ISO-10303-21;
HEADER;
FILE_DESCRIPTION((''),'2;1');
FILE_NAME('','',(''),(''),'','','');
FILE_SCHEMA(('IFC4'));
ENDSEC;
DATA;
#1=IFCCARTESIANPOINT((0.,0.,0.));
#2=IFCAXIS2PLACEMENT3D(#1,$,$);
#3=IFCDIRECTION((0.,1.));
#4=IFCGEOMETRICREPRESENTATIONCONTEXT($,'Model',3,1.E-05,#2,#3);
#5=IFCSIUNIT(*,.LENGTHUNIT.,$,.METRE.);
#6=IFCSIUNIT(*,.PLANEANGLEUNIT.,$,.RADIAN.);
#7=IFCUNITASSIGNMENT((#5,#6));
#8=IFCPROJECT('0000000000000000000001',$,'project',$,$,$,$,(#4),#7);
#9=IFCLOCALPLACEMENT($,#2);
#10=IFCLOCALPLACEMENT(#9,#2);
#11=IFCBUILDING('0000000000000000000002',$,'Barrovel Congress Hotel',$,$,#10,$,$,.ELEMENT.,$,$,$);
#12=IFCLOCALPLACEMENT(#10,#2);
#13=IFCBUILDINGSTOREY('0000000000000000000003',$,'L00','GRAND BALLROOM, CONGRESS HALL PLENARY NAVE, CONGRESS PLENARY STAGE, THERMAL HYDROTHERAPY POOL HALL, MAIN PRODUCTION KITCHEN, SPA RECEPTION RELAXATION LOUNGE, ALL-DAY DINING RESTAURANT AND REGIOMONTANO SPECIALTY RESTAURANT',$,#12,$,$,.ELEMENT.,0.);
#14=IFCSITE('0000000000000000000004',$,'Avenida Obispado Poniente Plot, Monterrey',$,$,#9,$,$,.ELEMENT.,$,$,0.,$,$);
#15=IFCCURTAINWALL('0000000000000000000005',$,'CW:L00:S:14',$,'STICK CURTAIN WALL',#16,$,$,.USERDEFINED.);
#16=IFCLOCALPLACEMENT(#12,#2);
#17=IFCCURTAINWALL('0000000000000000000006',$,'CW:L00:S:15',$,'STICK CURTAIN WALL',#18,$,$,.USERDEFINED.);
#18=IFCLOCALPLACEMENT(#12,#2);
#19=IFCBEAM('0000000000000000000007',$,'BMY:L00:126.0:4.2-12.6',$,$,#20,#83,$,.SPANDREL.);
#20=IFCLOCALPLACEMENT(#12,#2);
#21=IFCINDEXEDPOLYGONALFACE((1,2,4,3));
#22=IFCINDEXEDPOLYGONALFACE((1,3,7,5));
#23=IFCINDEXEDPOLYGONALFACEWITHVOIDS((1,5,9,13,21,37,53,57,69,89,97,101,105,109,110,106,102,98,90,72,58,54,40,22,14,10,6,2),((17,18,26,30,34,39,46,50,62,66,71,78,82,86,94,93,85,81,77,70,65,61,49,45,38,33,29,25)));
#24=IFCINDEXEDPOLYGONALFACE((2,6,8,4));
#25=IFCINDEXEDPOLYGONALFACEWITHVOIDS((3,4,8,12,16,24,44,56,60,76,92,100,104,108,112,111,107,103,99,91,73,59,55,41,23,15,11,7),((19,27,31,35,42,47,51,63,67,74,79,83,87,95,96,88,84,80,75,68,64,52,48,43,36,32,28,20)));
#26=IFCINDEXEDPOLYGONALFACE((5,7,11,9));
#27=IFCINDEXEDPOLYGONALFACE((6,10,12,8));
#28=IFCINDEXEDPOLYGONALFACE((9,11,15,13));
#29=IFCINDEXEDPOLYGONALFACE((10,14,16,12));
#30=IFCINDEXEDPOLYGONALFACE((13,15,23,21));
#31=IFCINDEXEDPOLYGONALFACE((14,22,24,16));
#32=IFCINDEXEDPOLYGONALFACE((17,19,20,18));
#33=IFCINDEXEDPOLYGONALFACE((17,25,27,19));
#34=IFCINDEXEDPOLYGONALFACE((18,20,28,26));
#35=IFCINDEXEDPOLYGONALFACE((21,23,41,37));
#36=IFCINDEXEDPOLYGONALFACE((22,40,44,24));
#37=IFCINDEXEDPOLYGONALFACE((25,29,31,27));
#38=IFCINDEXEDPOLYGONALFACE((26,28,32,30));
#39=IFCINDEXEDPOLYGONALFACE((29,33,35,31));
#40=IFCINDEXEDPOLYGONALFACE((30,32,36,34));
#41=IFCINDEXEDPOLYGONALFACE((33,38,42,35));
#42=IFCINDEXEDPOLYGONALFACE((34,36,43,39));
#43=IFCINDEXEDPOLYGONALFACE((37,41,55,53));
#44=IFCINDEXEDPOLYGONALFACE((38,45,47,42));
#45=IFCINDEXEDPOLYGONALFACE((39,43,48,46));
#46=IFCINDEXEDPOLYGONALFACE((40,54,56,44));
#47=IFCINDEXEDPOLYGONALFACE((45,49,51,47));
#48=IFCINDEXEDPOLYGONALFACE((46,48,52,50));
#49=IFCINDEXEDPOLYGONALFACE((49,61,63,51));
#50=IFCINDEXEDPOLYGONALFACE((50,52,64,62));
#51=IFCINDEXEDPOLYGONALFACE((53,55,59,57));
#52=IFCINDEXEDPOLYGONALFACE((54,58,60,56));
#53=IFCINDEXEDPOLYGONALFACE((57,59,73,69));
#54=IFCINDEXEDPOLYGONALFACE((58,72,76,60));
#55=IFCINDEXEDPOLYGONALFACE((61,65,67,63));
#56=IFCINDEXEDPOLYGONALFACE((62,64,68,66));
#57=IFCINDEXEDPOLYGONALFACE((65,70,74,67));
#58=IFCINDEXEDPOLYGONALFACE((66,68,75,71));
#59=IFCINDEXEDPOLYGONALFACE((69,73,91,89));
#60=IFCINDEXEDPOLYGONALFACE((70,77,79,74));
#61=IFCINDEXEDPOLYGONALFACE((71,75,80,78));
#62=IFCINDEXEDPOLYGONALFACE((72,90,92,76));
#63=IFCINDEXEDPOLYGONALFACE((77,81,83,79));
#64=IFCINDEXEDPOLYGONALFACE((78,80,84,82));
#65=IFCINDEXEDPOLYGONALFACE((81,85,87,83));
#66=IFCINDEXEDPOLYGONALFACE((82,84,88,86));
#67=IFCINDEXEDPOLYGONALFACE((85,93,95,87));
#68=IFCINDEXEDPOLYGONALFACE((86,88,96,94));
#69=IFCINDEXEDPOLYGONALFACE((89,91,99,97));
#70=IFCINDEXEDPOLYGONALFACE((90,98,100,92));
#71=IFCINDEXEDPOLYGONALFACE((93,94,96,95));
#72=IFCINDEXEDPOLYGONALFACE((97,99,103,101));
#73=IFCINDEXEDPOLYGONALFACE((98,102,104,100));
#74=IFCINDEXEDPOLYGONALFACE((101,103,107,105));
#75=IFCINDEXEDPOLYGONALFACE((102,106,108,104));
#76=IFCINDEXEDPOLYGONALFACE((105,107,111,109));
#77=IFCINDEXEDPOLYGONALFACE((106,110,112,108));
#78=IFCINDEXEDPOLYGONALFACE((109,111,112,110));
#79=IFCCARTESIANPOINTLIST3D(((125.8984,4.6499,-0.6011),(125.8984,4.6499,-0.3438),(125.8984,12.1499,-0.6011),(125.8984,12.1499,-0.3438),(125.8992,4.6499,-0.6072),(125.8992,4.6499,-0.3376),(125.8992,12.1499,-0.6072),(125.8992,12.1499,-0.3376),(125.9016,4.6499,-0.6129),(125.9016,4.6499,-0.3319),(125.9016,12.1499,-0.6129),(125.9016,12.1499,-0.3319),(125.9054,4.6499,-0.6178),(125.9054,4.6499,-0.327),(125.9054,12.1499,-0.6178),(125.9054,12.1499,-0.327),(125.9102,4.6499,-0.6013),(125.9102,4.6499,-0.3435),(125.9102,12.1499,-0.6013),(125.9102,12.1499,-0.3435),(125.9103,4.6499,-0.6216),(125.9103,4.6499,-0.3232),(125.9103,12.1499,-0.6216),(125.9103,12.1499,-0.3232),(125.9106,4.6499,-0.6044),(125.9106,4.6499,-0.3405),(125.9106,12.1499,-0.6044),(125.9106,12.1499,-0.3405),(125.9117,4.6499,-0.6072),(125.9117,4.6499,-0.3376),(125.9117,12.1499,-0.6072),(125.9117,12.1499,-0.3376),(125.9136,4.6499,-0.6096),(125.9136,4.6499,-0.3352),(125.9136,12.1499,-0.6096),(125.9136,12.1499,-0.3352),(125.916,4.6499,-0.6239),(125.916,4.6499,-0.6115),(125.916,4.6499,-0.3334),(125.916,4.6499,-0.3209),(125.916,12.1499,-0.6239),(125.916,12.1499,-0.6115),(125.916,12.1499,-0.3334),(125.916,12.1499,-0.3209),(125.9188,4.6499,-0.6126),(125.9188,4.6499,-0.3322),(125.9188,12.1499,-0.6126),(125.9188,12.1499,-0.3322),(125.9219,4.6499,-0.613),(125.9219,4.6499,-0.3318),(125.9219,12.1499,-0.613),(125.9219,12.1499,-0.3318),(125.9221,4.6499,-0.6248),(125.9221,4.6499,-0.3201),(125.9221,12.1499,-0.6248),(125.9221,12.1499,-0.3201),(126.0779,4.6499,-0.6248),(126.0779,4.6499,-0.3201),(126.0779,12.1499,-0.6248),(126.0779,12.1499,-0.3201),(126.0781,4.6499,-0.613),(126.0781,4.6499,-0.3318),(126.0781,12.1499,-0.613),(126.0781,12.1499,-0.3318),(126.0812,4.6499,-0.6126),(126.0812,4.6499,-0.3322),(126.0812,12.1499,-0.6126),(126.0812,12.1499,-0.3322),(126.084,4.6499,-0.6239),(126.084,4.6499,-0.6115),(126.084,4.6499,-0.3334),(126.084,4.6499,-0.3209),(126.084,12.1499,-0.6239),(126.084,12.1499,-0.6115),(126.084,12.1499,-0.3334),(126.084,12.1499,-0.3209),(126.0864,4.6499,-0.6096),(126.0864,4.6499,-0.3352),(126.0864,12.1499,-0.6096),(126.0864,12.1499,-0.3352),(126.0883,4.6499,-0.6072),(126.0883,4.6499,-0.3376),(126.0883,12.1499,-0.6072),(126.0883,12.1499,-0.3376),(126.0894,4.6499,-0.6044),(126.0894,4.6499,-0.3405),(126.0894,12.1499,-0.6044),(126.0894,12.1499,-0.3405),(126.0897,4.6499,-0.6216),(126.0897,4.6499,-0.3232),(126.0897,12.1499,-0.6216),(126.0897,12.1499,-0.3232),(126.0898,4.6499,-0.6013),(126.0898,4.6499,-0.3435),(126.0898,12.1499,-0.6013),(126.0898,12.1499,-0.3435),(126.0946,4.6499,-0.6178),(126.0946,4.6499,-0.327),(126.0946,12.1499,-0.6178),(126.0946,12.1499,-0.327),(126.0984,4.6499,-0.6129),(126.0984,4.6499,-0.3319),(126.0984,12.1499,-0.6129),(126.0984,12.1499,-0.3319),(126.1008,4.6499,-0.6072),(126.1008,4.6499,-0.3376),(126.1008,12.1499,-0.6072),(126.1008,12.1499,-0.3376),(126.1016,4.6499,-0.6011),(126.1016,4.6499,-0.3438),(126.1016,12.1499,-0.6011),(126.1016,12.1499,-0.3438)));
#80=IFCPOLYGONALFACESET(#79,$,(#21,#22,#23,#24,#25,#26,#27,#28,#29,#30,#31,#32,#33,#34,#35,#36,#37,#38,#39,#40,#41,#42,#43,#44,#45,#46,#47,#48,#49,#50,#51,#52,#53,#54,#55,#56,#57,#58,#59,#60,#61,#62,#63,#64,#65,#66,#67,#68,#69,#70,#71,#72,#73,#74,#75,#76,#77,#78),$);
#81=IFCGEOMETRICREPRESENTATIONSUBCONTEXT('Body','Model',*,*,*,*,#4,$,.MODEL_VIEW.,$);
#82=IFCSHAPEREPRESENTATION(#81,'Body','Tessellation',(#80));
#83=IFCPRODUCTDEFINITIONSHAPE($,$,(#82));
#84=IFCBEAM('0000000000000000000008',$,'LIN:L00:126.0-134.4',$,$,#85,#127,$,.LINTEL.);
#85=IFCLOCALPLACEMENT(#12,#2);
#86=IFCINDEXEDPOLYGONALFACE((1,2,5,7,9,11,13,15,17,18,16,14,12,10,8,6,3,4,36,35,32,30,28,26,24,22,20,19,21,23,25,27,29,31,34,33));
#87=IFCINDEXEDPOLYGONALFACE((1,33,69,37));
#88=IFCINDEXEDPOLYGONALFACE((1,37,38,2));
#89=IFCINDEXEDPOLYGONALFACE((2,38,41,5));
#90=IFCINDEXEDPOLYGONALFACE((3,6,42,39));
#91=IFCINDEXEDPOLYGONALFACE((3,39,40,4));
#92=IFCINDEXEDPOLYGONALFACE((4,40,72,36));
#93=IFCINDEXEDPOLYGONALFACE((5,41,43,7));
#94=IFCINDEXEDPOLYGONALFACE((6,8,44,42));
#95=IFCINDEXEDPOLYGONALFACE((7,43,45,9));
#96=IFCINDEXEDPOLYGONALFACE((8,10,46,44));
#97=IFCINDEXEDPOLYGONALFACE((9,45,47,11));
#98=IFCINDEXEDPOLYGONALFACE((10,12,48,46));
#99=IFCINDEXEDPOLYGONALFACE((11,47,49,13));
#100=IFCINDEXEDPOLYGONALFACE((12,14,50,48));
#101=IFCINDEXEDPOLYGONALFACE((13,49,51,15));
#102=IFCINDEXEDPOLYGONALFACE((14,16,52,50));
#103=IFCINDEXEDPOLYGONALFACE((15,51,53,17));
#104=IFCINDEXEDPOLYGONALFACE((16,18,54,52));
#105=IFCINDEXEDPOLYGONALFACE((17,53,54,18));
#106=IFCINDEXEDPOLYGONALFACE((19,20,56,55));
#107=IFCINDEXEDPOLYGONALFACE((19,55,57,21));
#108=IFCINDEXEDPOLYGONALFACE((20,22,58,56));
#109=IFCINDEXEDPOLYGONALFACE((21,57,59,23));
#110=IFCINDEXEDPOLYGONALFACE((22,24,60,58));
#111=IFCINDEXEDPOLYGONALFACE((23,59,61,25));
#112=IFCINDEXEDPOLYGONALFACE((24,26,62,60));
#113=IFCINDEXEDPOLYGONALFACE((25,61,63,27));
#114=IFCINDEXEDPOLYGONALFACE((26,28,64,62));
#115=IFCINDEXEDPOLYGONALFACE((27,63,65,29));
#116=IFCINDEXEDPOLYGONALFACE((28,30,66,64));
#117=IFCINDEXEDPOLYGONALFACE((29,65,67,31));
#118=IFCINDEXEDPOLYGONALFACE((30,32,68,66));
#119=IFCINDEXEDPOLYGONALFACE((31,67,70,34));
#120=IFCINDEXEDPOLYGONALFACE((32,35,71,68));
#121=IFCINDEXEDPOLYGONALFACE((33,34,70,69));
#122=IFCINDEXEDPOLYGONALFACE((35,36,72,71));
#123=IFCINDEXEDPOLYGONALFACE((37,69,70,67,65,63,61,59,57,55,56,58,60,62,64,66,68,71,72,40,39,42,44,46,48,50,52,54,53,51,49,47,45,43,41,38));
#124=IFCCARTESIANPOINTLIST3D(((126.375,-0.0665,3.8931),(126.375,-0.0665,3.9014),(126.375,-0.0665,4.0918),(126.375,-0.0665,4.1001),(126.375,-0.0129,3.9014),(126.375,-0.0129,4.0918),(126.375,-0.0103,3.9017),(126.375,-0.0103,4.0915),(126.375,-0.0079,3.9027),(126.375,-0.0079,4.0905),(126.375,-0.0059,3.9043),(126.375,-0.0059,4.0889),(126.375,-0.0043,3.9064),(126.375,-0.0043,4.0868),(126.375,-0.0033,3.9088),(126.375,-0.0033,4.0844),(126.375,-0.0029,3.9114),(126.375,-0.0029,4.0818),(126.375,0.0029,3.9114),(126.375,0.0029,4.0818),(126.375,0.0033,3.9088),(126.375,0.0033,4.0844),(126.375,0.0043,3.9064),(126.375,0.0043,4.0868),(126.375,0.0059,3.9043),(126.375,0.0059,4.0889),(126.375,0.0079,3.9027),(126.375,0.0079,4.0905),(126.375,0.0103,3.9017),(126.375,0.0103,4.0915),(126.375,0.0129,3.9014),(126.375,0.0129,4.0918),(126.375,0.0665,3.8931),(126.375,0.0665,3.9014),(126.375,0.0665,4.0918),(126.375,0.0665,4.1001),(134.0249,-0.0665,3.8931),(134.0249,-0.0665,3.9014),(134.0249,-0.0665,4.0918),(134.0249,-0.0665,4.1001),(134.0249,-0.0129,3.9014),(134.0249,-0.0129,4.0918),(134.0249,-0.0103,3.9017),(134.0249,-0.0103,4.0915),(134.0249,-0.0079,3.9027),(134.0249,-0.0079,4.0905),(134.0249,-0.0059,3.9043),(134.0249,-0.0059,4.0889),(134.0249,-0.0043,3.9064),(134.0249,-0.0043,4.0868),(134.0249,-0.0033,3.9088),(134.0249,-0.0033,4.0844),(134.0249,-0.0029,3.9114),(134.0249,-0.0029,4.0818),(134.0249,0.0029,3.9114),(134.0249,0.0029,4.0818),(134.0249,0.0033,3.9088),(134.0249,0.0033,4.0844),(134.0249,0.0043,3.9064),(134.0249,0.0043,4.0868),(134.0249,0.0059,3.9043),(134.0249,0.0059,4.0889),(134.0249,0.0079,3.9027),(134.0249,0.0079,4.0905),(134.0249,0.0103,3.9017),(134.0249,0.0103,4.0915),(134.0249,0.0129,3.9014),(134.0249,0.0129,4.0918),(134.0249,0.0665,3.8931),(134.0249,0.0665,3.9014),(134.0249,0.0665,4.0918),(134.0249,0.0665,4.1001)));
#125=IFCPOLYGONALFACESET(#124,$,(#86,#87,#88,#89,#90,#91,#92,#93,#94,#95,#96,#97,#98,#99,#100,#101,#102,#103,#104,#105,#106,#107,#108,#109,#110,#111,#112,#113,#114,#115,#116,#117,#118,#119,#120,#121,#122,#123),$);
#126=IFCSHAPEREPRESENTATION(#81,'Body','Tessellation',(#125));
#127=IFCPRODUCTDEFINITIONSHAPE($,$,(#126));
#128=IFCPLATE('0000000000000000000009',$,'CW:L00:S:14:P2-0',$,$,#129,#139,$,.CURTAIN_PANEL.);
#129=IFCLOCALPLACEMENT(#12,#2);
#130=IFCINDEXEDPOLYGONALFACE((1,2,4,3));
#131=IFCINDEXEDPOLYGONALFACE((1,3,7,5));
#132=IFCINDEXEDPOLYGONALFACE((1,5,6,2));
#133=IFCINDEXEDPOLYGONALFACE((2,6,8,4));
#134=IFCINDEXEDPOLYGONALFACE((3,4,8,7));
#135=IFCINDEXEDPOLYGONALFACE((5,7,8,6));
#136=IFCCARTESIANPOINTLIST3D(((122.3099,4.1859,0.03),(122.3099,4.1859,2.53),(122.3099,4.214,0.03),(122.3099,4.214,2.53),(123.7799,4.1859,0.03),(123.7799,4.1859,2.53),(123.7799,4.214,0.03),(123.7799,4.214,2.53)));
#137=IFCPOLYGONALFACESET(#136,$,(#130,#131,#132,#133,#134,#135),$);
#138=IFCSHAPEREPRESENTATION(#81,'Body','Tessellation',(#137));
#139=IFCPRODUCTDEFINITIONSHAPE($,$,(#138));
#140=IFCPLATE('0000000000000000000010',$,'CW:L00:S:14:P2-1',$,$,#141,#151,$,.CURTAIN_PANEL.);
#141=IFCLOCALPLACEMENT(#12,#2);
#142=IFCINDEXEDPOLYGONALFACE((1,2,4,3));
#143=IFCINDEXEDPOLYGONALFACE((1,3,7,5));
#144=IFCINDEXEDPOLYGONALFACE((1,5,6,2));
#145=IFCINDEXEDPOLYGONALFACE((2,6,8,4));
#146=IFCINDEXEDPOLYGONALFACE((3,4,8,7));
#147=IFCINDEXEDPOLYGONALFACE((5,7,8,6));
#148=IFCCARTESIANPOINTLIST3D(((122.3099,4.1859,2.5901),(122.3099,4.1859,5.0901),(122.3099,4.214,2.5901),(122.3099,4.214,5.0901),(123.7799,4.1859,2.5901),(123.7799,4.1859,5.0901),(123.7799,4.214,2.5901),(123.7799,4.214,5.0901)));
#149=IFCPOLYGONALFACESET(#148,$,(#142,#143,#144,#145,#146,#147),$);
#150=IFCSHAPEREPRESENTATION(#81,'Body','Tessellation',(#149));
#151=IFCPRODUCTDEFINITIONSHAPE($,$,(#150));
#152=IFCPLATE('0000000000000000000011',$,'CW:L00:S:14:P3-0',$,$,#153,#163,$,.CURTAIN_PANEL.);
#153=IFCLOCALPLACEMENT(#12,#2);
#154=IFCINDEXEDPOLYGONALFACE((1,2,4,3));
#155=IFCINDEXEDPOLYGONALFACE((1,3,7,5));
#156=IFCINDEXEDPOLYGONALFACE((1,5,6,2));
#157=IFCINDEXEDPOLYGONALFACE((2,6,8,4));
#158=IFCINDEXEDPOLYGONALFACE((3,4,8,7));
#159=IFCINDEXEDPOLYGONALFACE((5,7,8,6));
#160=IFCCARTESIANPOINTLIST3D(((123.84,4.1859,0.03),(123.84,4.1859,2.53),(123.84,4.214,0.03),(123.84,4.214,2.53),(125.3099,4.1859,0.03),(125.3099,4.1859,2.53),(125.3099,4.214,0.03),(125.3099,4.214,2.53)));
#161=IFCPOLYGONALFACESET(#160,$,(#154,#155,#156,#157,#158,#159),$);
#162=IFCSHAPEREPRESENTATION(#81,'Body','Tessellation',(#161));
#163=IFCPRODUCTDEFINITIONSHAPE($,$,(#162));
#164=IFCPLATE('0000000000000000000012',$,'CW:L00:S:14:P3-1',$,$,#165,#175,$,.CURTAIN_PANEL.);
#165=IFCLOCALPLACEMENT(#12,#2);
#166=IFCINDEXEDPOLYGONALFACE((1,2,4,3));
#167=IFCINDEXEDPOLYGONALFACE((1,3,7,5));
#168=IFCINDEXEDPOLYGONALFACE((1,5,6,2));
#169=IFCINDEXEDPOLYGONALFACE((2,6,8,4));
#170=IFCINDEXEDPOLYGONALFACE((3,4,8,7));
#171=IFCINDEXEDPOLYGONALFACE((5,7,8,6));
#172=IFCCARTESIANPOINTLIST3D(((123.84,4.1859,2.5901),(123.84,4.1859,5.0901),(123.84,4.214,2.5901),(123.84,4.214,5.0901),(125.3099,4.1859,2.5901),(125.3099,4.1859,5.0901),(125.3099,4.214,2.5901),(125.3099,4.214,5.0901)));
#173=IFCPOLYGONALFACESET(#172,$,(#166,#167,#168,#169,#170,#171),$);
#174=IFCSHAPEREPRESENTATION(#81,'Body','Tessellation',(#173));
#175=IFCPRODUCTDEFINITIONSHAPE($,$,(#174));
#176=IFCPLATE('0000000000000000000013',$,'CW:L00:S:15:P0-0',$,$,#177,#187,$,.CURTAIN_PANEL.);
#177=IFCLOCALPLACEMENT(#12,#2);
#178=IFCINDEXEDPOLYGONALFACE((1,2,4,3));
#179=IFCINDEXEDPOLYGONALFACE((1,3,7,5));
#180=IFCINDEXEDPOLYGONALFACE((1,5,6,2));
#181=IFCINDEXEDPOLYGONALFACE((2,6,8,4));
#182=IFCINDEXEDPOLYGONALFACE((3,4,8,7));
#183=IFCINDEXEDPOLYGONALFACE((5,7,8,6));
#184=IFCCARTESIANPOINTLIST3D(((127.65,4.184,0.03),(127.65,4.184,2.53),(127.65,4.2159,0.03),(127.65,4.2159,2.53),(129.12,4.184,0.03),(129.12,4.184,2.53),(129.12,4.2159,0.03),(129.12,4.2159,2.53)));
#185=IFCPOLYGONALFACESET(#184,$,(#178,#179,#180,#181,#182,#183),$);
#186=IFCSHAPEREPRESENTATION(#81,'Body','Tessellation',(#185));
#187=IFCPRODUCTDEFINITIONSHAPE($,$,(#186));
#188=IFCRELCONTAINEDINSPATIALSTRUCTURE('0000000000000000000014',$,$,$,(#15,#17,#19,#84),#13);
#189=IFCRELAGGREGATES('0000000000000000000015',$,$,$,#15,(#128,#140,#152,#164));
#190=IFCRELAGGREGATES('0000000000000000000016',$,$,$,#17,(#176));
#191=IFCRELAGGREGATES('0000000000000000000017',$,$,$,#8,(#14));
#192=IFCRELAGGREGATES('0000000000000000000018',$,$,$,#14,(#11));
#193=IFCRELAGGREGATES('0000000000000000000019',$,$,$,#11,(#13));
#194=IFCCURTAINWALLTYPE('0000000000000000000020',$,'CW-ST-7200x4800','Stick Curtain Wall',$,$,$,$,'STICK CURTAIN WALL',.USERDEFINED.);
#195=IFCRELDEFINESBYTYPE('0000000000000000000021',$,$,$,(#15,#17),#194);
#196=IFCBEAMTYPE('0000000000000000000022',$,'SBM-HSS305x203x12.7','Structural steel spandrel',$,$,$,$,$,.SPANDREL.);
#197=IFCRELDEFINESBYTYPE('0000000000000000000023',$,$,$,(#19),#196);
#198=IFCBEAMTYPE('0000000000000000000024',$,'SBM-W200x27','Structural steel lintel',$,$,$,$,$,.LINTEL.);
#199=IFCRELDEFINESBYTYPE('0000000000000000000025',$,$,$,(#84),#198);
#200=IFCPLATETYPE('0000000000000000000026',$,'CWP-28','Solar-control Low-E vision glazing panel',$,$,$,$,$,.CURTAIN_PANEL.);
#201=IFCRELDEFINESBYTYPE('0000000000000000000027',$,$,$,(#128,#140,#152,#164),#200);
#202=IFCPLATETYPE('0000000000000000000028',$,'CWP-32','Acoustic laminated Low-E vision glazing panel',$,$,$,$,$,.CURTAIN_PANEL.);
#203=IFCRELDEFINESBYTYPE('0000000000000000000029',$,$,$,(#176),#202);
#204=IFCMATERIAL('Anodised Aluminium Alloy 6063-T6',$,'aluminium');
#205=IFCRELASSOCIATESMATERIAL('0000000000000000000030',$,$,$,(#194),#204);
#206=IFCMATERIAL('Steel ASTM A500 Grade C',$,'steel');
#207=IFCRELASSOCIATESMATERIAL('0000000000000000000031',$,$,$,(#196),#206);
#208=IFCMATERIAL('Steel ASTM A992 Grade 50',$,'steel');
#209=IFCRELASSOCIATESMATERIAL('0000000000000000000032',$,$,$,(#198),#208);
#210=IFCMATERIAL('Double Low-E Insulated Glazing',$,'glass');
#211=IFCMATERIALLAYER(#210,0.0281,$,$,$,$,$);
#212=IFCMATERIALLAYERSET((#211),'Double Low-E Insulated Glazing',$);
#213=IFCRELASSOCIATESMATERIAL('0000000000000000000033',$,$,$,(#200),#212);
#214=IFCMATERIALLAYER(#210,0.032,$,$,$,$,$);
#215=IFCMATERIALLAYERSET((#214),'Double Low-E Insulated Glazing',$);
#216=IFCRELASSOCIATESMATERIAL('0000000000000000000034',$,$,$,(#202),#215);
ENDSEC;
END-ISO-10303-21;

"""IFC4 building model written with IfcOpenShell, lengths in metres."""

from ifc_helpers import new_model, si_unit, direction, frame, origin, origin_2d, place, context, subcontext, project, spatial, rectangle, hollow_rectangle, i_section, extrude, material, layer, layer_set, material_profile, profile_set, type_object, element, aggregate, save


model = new_model("IFC4")

# Units and contexts
model_context = context("Model", 3, precision=1e-05, world=origin(), true_north=direction((0.0, 1.0)))
body_context = subcontext(model_context, "Body", "Model", "MODEL_VIEW")
ifc_project = project(units=[si_unit("LENGTHUNIT", "METRE"), si_unit("PLANEANGLEUNIT", "RADIAN")], contexts=[model_context])

# Site, building, storey
site_placement = place(None, origin())
site = spatial("IfcSite", under=ifc_project, at=site_placement, Name="Avenida Obispado Poniente Plot, Monterrey", CompositionType="ELEMENT", RefElevation=0.0)
building_placement = place(site_placement, origin())
building = spatial("IfcBuilding", under=site, at=building_placement, Name="Barrovel Congress Hotel", CompositionType="ELEMENT")
storey_placement = place(building_placement, origin())
storey = spatial("IfcBuildingStorey", under=building, at=storey_placement, Name="L00", Description="GRAND BALLROOM, CONGRESS HALL PLENARY NAVE, CONGRESS PLENARY STAGE, THERMAL HYDROTHERAPY POOL HALL, MAIN PRODUCTION KITCHEN, SPA RECEPTION RELAXATION LOUNGE, ALL-DAY DINING RESTAURANT AND REGIOMONTANO SPECIALTY RESTAURANT", CompositionType="ELEMENT", Elevation=0.0)

# Curtain walls
ifc_material_1 = material(Name="Anodised Aluminium Alloy 6063-T6", Category="aluminium")
curtain_wall_type = type_object("IfcCurtainWallType", Name="CW-ST-7200x4800", Description="Stick Curtain Wall", ElementType="STICK CURTAIN WALL", PredefinedType="USERDEFINED", material=ifc_material_1)
curtain_wall_1_placement = place(storey_placement, origin())
curtain_wall_1 = element("IfcCurtainWall", 1, at=curtain_wall_1_placement, inside=storey, type_object=curtain_wall_type, Name="CW:L00:S:14", ObjectType="STICK CURTAIN WALL", PredefinedType="USERDEFINED")
curtain_wall_2_placement = place(storey_placement, origin())
curtain_wall_2 = element("IfcCurtainWall", 2, at=curtain_wall_2_placement, inside=storey, type_object=curtain_wall_type, Name="CW:L00:S:15", ObjectType="STICK CURTAIN WALL", PredefinedType="USERDEFINED")

# Beams
ifc_material_2 = material(Name="Steel ASTM A500 Grade C", Category="steel")
ifc_material_profile_1 = material_profile(ifc_material_2, hollow_rectangle(XDim=0.2031, YDim=0.3047, WallThickness=0.0117, InnerFilletRadius=0.0117, OuterFilletRadius=0.0237, at=origin_2d()), Name="HSS305x203x12.7")
ifc_profile_set_1 = profile_set([ifc_material_profile_1], Name="Steel ASTM A500 Grade C")
beam_type_1 = type_object("IfcBeamType", Name="SBM-HSS305x203x12.7", Description="Structural steel spandrel", PredefinedType="SPANDREL", material=ifc_profile_set_1)
beam_1_placement = place(storey_placement, frame((126.0, 4.6499, -0.4724), z_axis=(0.0, 1.0, 0.0), x_axis=(-1.0, 0.0, 0.0)))
element("IfcBeam", 3, at=beam_1_placement, inside=storey, type_object=beam_type_1, Name="BMY:L00:126.0:4.2-12.6", PredefinedType="SPANDREL", context=body_context, shape_type="SweptSolid", body=[
    extrude(hollow_rectangle(XDim=0.2031, YDim=0.3047, WallThickness=0.0117, InnerFilletRadius=0.0117, OuterFilletRadius=0.0237, at=origin_2d()), origin(), (0.0, 0.0, 1.0), 7.5),
])
ifc_material_3 = material(Name="Steel ASTM A992 Grade 50", Category="steel")
ifc_material_profile_2 = material_profile(ifc_material_3, i_section(OverallWidth=0.1331, OverallDepth=0.207, WebThickness=0.0059, FlangeThickness=0.0083, FilletRadius=0.01, at=origin_2d()), Name="W200x27")
ifc_profile_set_2 = profile_set([ifc_material_profile_2], Name="Steel ASTM A992 Grade 50")
beam_type_2 = type_object("IfcBeamType", Name="SBM-W200x27", Description="Structural steel lintel", PredefinedType="LINTEL", material=ifc_profile_set_2)
beam_2_placement = place(storey_placement, frame((126.375, 0.0, 3.9966), z_axis=(1.0, 0.0, 0.0), x_axis=(0.0, 1.0, 0.0)))
element("IfcBeam", 4, at=beam_2_placement, inside=storey, type_object=beam_type_2, Name="LIN:L00:126.0-134.4", PredefinedType="LINTEL", context=body_context, shape_type="SweptSolid", body=[
    extrude(i_section(OverallWidth=0.1331, OverallDepth=0.207, WebThickness=0.0059, FlangeThickness=0.0083, FilletRadius=0.01, at=origin_2d()), origin(), (0.0, 0.0, 1.0), 7.6499),
])

# Plates
ifc_material_4 = material(Name="Double Low-E Insulated Glazing", Category="glass")
ifc_layer_1 = layer(ifc_material_4, 0.0281)
ifc_layer_set_1 = layer_set([ifc_layer_1], Name="Double Low-E Insulated Glazing")
plate_type_1 = type_object("IfcPlateType", Name="CWP-28", Description="Solar-control Low-E vision glazing panel", PredefinedType="CURTAIN_PANEL", material=ifc_layer_set_1)
plate_1_placement = place(storey_placement, frame((123.0449, 4.2, 0.03), z_axis=(0.0, 0.0, 1.0), x_axis=(1.0, 0.0, 0.0)))
plate_1 = element("IfcPlate", 5, at=plate_1_placement, type_object=plate_type_1, Name="CW:L00:S:14:P2-0", PredefinedType="CURTAIN_PANEL", context=body_context, shape_type="SweptSolid", body=[
    extrude(rectangle(XDim=1.47, YDim=0.0281, at=origin_2d()), origin(), (0.0, 0.0, 1.0), 2.5),
])
plate_2_placement = place(storey_placement, frame((123.0449, 4.2, 2.5901), z_axis=(0.0, 0.0, 1.0), x_axis=(1.0, 0.0, 0.0)))
plate_2 = element("IfcPlate", 6, at=plate_2_placement, type_object=plate_type_1, Name="CW:L00:S:14:P2-1", PredefinedType="CURTAIN_PANEL", context=body_context, shape_type="SweptSolid", body=[
    extrude(rectangle(XDim=1.47, YDim=0.0281, at=origin_2d()), origin(), (0.0, 0.0, 1.0), 2.5),
])
plate_3_placement = place(storey_placement, frame((124.575, 4.2, 0.03), z_axis=(0.0, 0.0, 1.0), x_axis=(1.0, 0.0, 0.0)))
plate_3 = element("IfcPlate", 7, at=plate_3_placement, type_object=plate_type_1, Name="CW:L00:S:14:P3-0", PredefinedType="CURTAIN_PANEL", context=body_context, shape_type="SweptSolid", body=[
    extrude(rectangle(XDim=1.47, YDim=0.0281, at=origin_2d()), origin(), (0.0, 0.0, 1.0), 2.5),
])
plate_4_placement = place(storey_placement, frame((124.575, 4.2, 2.5901), z_axis=(0.0, 0.0, 1.0), x_axis=(1.0, 0.0, 0.0)))
plate_4 = element("IfcPlate", 8, at=plate_4_placement, type_object=plate_type_1, Name="CW:L00:S:14:P3-1", PredefinedType="CURTAIN_PANEL", context=body_context, shape_type="SweptSolid", body=[
    extrude(rectangle(XDim=1.47, YDim=0.0281, at=origin_2d()), origin(), (0.0, 0.0, 1.0), 2.5),
])
aggregate(curtain_wall_1, [plate_1, plate_2, plate_3, plate_4])
ifc_layer_2 = layer(ifc_material_4, 0.032)
ifc_layer_set_2 = layer_set([ifc_layer_2], Name="Double Low-E Insulated Glazing")
plate_type_2 = type_object("IfcPlateType", Name="CWP-32", Description="Acoustic laminated Low-E vision glazing panel", PredefinedType="CURTAIN_PANEL", material=ifc_layer_set_2)
plate_5_placement = place(storey_placement, frame((128.385, 4.2, 0.03), z_axis=(0.0, 0.0, 1.0), x_axis=(1.0, 0.0, 0.0)))
plate_5 = element("IfcPlate", 9, at=plate_5_placement, type_object=plate_type_2, Name="CW:L00:S:15:P0-0", PredefinedType="CURTAIN_PANEL", context=body_context, shape_type="SweptSolid", body=[
    extrude(rectangle(XDim=1.47, YDim=0.032, at=origin_2d()), origin(), (0.0, 0.0, 1.0), 2.5),
])
aggregate(curtain_wall_2, [plate_5])

save(model, "model.ifc")
